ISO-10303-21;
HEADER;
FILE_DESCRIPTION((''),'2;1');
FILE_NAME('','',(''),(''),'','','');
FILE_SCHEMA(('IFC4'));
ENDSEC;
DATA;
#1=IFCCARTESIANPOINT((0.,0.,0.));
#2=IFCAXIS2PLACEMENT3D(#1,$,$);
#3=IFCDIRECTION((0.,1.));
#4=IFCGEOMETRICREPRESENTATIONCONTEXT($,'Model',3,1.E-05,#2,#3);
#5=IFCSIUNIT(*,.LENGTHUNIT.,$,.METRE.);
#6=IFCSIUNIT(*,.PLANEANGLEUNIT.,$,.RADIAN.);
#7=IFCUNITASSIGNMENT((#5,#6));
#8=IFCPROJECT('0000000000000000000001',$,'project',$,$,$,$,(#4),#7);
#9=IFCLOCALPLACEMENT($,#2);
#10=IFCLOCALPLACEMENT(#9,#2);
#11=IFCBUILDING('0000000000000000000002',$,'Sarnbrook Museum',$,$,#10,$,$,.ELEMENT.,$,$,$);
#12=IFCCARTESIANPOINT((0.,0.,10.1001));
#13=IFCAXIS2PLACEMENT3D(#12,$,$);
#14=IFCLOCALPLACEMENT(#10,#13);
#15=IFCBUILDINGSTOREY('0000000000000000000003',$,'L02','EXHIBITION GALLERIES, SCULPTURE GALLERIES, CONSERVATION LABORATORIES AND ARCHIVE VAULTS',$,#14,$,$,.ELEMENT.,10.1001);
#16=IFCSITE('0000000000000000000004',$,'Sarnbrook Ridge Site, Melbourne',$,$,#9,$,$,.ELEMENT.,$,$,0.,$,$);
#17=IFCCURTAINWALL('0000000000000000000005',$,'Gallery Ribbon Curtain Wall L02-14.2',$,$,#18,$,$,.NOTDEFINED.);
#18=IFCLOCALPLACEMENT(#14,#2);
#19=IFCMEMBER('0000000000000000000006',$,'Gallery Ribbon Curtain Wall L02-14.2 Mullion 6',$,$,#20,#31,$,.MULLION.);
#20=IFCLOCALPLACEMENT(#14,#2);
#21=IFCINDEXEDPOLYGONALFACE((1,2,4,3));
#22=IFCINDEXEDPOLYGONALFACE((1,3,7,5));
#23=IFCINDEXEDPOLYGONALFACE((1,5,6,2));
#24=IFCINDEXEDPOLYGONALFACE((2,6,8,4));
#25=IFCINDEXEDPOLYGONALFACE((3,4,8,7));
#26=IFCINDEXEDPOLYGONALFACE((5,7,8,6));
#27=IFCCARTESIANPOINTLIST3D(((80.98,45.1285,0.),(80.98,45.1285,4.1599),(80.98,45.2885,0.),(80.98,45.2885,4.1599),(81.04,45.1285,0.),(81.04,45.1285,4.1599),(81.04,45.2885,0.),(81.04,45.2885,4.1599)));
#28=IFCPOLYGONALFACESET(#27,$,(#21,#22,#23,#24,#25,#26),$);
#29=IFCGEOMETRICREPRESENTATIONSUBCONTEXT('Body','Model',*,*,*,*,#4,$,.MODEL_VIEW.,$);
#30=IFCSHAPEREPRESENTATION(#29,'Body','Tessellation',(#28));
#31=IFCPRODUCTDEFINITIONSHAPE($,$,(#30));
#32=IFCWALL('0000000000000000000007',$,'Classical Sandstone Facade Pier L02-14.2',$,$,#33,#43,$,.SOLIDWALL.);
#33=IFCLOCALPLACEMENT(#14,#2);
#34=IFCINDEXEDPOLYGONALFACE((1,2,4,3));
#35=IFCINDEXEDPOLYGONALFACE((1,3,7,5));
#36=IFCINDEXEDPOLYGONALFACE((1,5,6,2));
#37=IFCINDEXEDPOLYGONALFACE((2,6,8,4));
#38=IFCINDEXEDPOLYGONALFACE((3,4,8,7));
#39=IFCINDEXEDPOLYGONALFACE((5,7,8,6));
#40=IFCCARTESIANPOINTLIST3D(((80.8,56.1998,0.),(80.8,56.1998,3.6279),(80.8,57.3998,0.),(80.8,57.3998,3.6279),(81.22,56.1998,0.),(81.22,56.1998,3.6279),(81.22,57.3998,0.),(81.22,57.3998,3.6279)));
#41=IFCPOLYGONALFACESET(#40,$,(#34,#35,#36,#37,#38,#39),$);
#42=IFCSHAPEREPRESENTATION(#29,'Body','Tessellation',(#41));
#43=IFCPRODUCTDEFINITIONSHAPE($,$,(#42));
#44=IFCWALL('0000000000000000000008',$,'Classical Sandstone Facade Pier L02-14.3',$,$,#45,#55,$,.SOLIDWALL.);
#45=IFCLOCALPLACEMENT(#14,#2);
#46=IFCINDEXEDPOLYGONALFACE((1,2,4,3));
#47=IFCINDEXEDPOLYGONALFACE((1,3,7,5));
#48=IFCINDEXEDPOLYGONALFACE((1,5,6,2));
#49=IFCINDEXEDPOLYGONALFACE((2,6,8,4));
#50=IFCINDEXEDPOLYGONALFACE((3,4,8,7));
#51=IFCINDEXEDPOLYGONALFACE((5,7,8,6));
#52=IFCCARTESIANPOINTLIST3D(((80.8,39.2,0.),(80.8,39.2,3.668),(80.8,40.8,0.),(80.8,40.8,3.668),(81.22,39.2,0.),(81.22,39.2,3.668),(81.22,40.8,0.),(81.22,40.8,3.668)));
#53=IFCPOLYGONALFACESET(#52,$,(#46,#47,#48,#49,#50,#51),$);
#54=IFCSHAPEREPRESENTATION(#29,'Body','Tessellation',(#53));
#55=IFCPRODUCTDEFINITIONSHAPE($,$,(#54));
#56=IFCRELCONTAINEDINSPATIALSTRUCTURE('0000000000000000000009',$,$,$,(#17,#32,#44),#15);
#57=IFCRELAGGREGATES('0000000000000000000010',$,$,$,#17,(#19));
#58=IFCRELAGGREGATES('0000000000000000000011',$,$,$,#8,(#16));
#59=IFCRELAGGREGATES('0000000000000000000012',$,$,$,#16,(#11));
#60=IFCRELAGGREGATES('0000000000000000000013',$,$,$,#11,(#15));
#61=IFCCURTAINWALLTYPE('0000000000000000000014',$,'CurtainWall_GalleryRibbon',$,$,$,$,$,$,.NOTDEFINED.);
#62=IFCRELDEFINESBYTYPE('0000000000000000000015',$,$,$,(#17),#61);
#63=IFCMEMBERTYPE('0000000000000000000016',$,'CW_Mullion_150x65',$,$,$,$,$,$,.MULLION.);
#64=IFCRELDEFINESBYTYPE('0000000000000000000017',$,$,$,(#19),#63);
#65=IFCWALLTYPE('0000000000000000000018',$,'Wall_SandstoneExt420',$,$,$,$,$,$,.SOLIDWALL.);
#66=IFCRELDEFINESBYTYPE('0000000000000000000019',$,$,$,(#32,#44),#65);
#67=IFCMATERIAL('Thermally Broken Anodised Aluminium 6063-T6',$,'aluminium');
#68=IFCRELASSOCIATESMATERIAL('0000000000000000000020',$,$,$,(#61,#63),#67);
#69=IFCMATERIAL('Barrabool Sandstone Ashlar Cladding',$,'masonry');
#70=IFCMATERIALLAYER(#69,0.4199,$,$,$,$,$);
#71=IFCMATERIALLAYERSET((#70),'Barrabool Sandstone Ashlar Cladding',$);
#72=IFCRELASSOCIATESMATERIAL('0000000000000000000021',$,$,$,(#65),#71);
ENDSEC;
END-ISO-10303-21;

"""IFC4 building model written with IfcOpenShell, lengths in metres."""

from ifc_helpers import new_model, si_unit, direction, frame, frame_2d, origin, origin_2d, place, context, subcontext, project, spatial, rectangle, extrude, material, layer, layer_set, material_profile, profile_set, type_object, element, aggregate, save


model = new_model("IFC4")

# Units and contexts
model_context = context("Model", 3, precision=1e-05, world=origin(), true_north=direction((0.0, 1.0)))
body_context = subcontext(model_context, "Body", "Model", "MODEL_VIEW")
ifc_project = project(units=[si_unit("LENGTHUNIT", "METRE"), si_unit("PLANEANGLEUNIT", "RADIAN")], contexts=[model_context])

# Site, building, storey
site_placement = place(None, origin())
site = spatial("IfcSite", under=ifc_project, at=site_placement, Name="Sarnbrook Ridge Site, Melbourne", CompositionType="ELEMENT", RefElevation=0.0)
building_placement = place(site_placement, origin())
building = spatial("IfcBuilding", under=site, at=building_placement, Name="Sarnbrook Museum", CompositionType="ELEMENT")
storey_placement = place(building_placement, frame((0.0, 0.0, 10.1001)))
storey = spatial("IfcBuildingStorey", under=building, at=storey_placement, Name="L02", Description="EXHIBITION GALLERIES, SCULPTURE GALLERIES, CONSERVATION LABORATORIES AND ARCHIVE VAULTS", CompositionType="ELEMENT", Elevation=10.1001)

# Curtain wall, member
ifc_material_1 = material(Name="Thermally Broken Anodised Aluminium 6063-T6", Category="aluminium")
curtain_wall_type = type_object("IfcCurtainWallType", Name="CurtainWall_GalleryRibbon", PredefinedType="NOTDEFINED", material=ifc_material_1)
ifc_material_profile_1 = material_profile(ifc_material_1, rectangle(XDim=0.0601, YDim=0.1599, at=origin_2d()), Name="ALU MULLION 60x160")
ifc_profile_set_1 = profile_set([ifc_material_profile_1], Name="Thermally Broken Anodised Aluminium 6063-T6")
member_type = type_object("IfcMemberType", Name="CW_Mullion_150x65", PredefinedType="MULLION", material=ifc_profile_set_1)
curtain_wall_1_placement = place(storey_placement, origin())
curtain_wall_1 = element("IfcCurtainWall", 1, at=curtain_wall_1_placement, inside=storey, type_object=curtain_wall_type, Name="Gallery Ribbon Curtain Wall L02-14.2", PredefinedType="NOTDEFINED")
member_1_placement = place(storey_placement, frame((81.01, 45.2085, 0.0), z_axis=(0.0, 0.0, 1.0), x_axis=(1.0, 0.0, 0.0)))
member_1 = element("IfcMember", 2, at=member_1_placement, type_object=member_type, Name="Gallery Ribbon Curtain Wall L02-14.2 Mullion 6", PredefinedType="MULLION", context=body_context, shape_type="SweptSolid", body=[
    extrude(rectangle(XDim=0.0601, YDim=0.1599, at=origin_2d()), origin(), (0.0, 0.0, 1.0), 4.1599),
])
aggregate(curtain_wall_1, [member_1])

# Walls
ifc_material_2 = material(Name="Barrabool Sandstone Ashlar Cladding", Category="masonry")
ifc_layer = layer(ifc_material_2, 0.4199)
ifc_layer_set = layer_set([ifc_layer], Name="Barrabool Sandstone Ashlar Cladding")
wall_type = type_object("IfcWallType", Name="Wall_SandstoneExt420", PredefinedType="SOLIDWALL", material=ifc_layer_set)
wall_1_placement = place(storey_placement, frame((81.01, 57.3999, 0.0), z_axis=(0.0, 0.0, 1.0), x_axis=(0.0, -1.0, 0.0)))
element("IfcWall", 3, at=wall_1_placement, inside=storey, type_object=wall_type, Name="Classical Sandstone Facade Pier L02-14.2", PredefinedType="SOLIDWALL", context=body_context, shape_type="SweptSolid", body=[
    extrude(rectangle(XDim=1.2, YDim=0.4199, at=frame_2d((0.6001, 0.0))), origin(), (0.0, 0.0, 1.0), 3.6279),
])
wall_2_placement = place(storey_placement, frame((81.01, 40.8, 0.0), z_axis=(0.0, 0.0, 1.0), x_axis=(0.0, -1.0, 0.0)))
element("IfcWall", 4, at=wall_2_placement, inside=storey, type_object=wall_type, Name="Classical Sandstone Facade Pier L02-14.3", PredefinedType="SOLIDWALL", context=body_context, shape_type="SweptSolid", body=[
    extrude(rectangle(XDim=1.6001, YDim=0.4199, at=frame_2d((0.8, 0.0))), origin(), (0.0, 0.0, 1.0), 3.668),
])

save(model, "model.ifc")
